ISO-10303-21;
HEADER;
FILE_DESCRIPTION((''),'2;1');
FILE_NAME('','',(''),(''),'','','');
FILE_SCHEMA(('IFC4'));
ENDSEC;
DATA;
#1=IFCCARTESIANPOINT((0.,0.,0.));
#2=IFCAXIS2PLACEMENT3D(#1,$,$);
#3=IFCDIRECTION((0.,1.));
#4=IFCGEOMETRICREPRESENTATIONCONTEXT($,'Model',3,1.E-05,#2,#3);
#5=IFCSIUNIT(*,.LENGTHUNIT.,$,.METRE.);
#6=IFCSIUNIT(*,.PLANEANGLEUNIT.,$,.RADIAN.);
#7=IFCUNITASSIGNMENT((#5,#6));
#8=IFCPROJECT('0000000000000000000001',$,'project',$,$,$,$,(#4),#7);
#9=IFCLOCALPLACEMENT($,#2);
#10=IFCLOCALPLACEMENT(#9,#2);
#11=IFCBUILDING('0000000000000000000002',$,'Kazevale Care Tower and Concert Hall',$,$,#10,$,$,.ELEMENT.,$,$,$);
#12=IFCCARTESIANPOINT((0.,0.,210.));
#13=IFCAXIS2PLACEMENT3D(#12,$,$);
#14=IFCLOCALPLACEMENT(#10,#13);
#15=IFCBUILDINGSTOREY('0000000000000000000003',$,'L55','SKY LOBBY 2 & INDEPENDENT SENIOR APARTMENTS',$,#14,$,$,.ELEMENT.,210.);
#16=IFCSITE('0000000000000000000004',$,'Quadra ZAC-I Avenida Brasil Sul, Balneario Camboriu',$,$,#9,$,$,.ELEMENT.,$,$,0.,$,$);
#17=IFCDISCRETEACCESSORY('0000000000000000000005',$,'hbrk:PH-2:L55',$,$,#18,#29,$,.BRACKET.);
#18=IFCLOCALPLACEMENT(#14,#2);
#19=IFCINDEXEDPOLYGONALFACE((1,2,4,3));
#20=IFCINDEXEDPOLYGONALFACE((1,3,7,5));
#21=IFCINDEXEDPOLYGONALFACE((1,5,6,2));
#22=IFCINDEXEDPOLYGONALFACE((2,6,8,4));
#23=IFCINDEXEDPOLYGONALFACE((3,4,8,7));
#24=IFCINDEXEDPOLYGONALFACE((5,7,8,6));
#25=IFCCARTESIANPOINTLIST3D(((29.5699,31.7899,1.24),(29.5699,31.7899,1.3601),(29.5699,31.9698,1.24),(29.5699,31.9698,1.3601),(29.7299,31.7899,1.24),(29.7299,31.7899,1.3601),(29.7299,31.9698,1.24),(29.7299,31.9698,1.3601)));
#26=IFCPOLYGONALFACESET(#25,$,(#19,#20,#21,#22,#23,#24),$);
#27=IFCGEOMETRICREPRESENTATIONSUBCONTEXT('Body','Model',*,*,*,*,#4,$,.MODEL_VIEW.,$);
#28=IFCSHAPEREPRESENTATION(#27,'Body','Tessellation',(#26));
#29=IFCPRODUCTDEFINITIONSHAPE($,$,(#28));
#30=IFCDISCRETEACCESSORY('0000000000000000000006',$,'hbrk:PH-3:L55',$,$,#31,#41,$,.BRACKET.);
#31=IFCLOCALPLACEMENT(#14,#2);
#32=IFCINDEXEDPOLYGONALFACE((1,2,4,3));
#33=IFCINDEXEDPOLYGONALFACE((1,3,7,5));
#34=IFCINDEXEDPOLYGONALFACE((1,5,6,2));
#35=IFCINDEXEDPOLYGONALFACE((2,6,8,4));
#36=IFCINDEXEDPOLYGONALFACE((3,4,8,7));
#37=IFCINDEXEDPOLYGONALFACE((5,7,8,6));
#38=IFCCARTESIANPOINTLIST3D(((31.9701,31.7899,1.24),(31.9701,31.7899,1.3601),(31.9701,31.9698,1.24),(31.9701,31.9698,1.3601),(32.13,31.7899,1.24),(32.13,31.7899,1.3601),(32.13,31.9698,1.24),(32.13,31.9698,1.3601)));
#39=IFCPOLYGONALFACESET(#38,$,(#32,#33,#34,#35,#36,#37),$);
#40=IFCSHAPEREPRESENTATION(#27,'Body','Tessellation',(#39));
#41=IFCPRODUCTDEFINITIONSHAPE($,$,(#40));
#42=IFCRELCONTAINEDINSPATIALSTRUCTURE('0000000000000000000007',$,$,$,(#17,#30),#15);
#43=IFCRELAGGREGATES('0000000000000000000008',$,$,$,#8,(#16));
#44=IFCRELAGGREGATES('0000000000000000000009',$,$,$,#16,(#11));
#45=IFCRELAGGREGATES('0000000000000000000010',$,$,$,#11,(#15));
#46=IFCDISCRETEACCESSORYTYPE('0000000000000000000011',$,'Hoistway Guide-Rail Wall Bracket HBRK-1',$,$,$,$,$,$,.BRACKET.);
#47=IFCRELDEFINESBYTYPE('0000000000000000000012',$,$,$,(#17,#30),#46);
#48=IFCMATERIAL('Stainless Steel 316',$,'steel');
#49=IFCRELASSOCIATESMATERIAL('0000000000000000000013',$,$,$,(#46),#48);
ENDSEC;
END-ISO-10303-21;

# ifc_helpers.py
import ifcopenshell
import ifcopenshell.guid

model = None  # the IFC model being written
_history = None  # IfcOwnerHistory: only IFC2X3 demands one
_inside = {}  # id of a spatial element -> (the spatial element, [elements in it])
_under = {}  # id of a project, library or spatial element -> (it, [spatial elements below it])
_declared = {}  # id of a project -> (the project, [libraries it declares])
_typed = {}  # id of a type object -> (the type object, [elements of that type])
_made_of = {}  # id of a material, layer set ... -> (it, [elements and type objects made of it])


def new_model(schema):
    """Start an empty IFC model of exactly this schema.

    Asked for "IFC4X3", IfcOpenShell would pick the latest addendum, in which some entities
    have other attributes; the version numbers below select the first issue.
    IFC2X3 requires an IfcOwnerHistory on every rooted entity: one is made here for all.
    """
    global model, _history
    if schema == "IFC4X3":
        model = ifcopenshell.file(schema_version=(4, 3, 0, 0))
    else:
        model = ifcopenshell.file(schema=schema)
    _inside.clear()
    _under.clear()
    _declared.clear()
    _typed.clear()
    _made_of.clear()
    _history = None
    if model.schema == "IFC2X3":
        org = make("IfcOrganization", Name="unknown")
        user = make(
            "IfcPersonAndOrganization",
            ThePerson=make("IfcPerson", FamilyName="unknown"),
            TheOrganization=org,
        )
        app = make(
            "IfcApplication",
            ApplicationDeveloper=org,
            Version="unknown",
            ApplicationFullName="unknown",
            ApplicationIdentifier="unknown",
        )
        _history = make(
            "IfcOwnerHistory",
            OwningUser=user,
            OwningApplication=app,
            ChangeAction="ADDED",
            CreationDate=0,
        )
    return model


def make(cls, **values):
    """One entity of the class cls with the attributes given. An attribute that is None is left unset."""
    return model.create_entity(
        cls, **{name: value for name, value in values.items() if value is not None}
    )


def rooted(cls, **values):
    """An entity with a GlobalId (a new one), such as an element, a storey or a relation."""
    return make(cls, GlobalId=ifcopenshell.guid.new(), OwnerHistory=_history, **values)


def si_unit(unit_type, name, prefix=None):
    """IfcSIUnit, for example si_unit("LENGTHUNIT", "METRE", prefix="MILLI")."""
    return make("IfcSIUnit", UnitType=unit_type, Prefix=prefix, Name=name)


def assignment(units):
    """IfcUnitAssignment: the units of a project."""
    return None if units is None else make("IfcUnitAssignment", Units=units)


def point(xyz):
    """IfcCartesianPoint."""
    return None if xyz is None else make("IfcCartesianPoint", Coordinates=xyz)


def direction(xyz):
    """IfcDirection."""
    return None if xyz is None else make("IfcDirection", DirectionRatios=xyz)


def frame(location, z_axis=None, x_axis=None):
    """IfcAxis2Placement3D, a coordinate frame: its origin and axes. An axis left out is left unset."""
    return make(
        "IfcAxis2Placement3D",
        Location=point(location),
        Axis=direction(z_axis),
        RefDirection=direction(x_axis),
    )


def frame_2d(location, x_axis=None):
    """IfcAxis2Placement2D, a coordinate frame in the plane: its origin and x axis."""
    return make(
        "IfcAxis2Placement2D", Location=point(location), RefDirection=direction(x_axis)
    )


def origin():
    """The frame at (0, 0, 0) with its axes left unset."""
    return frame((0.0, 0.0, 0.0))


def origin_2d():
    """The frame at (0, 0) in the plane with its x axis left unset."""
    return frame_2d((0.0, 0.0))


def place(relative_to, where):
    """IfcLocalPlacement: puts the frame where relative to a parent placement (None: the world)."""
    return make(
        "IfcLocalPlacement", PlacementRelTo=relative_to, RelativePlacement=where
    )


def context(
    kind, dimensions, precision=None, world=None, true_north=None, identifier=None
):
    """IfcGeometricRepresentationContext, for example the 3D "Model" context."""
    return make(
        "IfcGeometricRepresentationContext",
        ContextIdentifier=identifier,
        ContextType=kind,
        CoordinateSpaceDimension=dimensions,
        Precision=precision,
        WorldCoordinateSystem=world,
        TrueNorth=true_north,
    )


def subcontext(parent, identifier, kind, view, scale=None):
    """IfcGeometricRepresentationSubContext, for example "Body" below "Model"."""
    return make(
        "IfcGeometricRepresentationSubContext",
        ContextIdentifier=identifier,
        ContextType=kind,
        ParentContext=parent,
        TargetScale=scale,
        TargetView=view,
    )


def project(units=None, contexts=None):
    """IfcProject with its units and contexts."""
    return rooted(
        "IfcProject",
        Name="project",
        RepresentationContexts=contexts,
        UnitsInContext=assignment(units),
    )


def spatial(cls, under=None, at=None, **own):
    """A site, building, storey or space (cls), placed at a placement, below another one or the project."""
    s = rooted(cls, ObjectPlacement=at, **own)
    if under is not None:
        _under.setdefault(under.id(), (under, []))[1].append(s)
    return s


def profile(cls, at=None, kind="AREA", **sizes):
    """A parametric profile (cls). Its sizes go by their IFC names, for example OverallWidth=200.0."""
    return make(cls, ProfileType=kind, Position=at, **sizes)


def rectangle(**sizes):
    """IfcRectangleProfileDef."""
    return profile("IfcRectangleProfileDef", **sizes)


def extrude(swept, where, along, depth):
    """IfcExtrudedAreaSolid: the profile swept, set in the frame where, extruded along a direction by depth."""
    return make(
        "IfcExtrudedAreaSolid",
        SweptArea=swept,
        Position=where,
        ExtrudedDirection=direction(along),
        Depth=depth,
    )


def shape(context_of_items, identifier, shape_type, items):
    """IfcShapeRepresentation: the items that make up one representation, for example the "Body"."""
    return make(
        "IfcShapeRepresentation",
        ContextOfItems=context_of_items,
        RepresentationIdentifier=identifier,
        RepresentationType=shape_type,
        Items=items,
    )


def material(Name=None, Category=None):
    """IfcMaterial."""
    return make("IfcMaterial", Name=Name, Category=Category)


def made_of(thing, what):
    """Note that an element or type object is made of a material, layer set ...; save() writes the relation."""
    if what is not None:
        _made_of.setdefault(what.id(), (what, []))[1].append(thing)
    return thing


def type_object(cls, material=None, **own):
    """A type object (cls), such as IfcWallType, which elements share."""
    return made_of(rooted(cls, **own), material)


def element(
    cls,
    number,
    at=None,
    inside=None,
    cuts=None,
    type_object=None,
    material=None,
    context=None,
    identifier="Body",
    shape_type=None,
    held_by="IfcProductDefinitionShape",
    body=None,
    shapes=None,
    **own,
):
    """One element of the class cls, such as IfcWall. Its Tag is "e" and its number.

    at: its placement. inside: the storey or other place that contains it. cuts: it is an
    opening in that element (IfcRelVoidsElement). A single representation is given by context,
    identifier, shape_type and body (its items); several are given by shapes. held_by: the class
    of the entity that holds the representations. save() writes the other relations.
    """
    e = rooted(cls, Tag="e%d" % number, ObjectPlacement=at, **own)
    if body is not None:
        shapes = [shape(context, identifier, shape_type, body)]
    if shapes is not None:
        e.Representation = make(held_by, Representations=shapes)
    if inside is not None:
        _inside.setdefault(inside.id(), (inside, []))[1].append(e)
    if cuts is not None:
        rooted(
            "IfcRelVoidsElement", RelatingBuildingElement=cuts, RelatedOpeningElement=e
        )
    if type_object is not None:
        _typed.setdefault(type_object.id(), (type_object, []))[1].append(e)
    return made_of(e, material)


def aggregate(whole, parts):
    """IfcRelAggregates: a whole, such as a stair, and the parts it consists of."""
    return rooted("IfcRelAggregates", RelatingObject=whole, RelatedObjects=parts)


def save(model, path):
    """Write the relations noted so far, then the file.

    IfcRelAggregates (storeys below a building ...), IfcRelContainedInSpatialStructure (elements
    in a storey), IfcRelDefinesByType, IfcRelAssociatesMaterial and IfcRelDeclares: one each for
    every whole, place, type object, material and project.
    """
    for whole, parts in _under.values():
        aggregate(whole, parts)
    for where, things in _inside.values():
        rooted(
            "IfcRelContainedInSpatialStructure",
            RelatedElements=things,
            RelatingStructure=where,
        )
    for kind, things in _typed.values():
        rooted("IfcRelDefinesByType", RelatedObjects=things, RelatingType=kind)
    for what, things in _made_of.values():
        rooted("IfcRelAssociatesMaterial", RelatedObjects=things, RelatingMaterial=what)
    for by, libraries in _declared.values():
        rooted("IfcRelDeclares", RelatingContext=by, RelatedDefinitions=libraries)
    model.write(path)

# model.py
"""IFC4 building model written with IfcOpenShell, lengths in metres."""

from ifc_helpers import new_model, si_unit, direction, frame, origin, origin_2d, place, context, subcontext, project, spatial, rectangle, extrude, material, type_object, element, save


model = new_model("IFC4")

# Units and contexts
model_context = context("Model", 3, precision=1e-05, world=origin(), true_north=direction((0.0, 1.0)))
body_context = subcontext(model_context, "Body", "Model", "MODEL_VIEW")
ifc_project = project(units=[si_unit("LENGTHUNIT", "METRE"), si_unit("PLANEANGLEUNIT", "RADIAN")], contexts=[model_context])

# Site, building, storey
site_placement = place(None, origin())
site = spatial("IfcSite", under=ifc_project, at=site_placement, Name="Quadra ZAC-I Avenida Brasil Sul, Balneario Camboriu", CompositionType="ELEMENT", RefElevation=0.0)
building_placement = place(site_placement, origin())
building = spatial("IfcBuilding", under=site, at=building_placement, Name="Kazevale Care Tower and Concert Hall", CompositionType="ELEMENT")
storey_placement = place(building_placement, frame((0.0, 0.0, 210.0)))
storey = spatial("IfcBuildingStorey", under=building, at=storey_placement, Name="L55", Description="SKY LOBBY 2 & INDEPENDENT SENIOR APARTMENTS", CompositionType="ELEMENT", Elevation=210.0)

# Shared definitions
ifc_material_1 = material(Name="Stainless Steel 316", Category="steel")

# Discrete accessories
discrete_accessory_type = type_object("IfcDiscreteAccessoryType", Name="Hoistway Guide-Rail Wall Bracket HBRK-1", PredefinedType="BRACKET", material=ifc_material_1)
for number, where, z_axis, x_axis, name in (
    (1, (29.6499, 31.8799, 1.24), (0.0, 0.0, 1.0), (1.0, 0.0, 0.0), "hbrk:PH-2:L55"),
    (2, (32.05, 31.8799, 1.24), (0.0, 0.0, 1.0), (1.0, 0.0, 0.0), "hbrk:PH-3:L55"),
):
    element("IfcDiscreteAccessory", number, at=place(storey_placement, frame(where, z_axis=z_axis, x_axis=x_axis)), inside=storey, type_object=discrete_accessory_type, Name=name, PredefinedType="BRACKET", context=body_context, shape_type="SweptSolid", body=[
        extrude(rectangle(XDim=0.1599, YDim=0.1799, at=origin_2d()), origin(), (0.0, 0.0, 1.0), 0.1201),
    ])

save(model, "model.ifc")
